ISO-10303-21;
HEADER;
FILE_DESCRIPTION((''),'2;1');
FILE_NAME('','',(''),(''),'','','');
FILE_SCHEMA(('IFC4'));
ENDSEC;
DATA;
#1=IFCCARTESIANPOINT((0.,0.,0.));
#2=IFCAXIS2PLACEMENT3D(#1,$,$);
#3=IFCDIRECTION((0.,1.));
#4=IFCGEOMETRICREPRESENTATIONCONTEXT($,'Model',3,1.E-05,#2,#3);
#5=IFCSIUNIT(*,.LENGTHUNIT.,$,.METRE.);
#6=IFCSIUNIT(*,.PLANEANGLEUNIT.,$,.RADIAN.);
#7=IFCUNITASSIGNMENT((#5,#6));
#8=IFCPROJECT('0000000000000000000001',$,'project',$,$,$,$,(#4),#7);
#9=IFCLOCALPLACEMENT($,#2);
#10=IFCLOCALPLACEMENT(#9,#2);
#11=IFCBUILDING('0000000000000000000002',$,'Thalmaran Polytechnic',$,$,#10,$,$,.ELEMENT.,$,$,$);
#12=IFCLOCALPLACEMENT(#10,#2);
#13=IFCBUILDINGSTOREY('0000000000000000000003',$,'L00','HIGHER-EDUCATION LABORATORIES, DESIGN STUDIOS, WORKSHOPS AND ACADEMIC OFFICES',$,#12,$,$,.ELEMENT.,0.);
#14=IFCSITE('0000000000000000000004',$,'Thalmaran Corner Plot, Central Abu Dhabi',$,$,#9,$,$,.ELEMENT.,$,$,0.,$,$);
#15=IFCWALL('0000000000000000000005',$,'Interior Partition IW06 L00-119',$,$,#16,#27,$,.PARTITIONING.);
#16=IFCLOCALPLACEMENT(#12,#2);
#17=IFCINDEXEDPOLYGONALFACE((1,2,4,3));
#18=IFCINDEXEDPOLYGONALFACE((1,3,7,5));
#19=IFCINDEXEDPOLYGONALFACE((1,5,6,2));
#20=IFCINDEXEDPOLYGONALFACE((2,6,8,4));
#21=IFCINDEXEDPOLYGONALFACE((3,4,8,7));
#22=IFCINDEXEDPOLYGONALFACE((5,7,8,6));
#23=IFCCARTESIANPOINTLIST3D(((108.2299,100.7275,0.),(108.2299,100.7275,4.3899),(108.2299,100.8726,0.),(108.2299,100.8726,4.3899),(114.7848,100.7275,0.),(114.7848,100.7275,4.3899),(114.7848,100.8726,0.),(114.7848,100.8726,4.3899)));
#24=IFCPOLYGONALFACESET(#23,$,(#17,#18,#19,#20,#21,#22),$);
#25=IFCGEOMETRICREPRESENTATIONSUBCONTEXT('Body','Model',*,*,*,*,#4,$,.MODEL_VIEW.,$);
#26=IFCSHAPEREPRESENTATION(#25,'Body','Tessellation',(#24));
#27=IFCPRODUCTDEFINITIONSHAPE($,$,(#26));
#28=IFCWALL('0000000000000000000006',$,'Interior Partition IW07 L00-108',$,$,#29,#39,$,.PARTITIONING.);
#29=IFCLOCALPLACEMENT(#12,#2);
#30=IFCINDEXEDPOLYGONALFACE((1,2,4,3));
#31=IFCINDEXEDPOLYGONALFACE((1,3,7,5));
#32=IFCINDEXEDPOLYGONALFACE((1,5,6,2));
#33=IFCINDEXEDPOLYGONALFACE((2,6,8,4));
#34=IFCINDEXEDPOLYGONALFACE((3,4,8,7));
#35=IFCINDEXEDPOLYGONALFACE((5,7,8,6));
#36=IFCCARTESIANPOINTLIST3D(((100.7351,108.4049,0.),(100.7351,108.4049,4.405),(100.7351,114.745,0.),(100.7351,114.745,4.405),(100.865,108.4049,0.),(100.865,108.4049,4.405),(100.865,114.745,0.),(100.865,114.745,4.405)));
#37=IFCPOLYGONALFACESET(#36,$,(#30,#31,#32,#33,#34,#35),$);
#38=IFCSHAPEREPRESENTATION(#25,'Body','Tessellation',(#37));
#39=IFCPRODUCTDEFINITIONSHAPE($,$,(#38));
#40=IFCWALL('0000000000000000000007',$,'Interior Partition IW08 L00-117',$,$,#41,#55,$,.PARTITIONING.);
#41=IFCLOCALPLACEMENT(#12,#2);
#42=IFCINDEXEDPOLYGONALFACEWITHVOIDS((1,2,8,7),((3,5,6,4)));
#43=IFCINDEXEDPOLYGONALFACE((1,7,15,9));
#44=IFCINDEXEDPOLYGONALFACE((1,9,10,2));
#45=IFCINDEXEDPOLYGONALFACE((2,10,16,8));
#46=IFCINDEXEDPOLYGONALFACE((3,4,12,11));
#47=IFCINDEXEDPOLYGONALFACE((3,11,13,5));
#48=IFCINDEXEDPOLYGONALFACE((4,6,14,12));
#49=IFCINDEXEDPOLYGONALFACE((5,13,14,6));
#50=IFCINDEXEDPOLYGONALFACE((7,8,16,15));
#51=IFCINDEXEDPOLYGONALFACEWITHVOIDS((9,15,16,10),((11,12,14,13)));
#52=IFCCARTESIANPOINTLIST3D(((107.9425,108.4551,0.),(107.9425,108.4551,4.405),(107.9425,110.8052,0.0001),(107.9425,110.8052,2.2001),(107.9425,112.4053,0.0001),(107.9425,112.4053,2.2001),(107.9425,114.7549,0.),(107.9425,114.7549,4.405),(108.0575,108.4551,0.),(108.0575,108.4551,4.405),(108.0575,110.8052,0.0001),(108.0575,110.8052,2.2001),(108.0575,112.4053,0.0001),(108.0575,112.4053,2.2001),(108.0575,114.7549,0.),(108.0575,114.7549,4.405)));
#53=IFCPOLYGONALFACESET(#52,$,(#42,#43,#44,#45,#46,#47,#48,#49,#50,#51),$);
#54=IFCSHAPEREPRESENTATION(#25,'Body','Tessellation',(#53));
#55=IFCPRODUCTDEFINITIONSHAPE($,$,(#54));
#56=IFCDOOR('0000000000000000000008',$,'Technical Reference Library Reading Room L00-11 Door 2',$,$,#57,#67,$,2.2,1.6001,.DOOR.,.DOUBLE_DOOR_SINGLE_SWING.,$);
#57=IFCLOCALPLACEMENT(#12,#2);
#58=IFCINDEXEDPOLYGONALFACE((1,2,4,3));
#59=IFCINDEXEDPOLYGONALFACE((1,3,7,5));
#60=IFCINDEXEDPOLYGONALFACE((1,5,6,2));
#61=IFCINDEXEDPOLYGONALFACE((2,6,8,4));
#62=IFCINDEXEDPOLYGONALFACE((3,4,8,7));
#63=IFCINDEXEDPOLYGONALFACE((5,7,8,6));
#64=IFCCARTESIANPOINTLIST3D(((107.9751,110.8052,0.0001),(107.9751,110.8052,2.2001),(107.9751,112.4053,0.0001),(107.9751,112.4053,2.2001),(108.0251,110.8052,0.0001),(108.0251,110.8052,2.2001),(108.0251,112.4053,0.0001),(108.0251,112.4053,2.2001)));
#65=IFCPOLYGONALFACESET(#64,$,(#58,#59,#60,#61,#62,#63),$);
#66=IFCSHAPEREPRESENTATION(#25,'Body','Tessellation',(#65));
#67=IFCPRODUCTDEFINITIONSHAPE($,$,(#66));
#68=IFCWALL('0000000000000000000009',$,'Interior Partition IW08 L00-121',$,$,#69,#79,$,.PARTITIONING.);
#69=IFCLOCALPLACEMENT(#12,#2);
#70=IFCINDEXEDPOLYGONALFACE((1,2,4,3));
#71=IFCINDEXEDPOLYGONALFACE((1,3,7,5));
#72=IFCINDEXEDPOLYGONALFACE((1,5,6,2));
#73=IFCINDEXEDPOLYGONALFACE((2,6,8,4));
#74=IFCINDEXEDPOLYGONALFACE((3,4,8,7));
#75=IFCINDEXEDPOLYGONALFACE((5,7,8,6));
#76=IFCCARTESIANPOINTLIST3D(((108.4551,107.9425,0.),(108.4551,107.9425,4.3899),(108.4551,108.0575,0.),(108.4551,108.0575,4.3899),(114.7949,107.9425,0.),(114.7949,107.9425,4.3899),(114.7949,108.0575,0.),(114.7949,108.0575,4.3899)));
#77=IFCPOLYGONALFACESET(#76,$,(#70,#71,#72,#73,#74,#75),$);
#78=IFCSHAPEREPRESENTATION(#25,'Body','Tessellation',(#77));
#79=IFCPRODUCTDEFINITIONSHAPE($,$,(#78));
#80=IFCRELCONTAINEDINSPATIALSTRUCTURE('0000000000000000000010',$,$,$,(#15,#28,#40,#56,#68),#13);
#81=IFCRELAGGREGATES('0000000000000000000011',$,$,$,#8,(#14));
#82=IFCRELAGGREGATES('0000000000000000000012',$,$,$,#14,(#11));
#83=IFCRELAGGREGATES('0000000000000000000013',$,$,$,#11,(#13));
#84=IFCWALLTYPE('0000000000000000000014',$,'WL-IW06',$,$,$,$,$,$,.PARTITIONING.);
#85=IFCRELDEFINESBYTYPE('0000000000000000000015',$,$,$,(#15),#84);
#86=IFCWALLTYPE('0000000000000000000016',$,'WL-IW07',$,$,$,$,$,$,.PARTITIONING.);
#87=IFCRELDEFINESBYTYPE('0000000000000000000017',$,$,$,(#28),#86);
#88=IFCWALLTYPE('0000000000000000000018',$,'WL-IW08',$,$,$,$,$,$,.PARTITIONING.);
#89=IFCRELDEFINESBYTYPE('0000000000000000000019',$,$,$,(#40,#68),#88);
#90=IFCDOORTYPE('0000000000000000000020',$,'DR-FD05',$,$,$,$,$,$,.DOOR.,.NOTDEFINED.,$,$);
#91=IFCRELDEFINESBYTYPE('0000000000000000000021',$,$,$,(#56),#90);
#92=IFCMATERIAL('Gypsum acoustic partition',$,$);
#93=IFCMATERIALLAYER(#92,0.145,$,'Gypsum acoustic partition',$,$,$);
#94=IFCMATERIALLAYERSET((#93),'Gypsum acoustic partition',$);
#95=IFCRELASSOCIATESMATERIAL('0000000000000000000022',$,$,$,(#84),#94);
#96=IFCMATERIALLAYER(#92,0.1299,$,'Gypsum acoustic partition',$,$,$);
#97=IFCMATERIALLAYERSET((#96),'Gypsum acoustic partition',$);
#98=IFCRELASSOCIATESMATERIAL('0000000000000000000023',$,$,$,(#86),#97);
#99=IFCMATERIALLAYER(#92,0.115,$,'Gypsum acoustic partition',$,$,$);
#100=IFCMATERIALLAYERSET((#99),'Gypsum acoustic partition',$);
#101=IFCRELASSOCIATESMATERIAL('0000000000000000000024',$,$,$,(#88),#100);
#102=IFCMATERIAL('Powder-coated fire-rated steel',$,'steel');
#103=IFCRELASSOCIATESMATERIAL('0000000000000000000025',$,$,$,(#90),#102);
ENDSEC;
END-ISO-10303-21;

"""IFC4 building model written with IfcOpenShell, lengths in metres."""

from ifc_helpers import new_model, si_unit, direction, frame, frame_2d, origin, place, context, subcontext, project, spatial, rectangle, extrude, material, layer, layer_set, type_object, element, fill, save


model = new_model("IFC4")

# Units and contexts
model_context = context("Model", 3, precision=1e-05, world=origin(), true_north=direction((0.0, 1.0)))
body_context = subcontext(model_context, "Body", "Model", "MODEL_VIEW")
ifc_project = project(units=[si_unit("LENGTHUNIT", "METRE"), si_unit("PLANEANGLEUNIT", "RADIAN")], contexts=[model_context])

# Site, building, storey
site_placement = place(None, origin())
site = spatial("IfcSite", under=ifc_project, at=site_placement, Name="Thalmaran Corner Plot, Central Abu Dhabi", CompositionType="ELEMENT", RefElevation=0.0)
building_placement = place(site_placement, origin())
building = spatial("IfcBuilding", under=site, at=building_placement, Name="Thalmaran Polytechnic", CompositionType="ELEMENT")
storey_placement = place(building_placement, origin())
storey = spatial("IfcBuildingStorey", under=building, at=storey_placement, Name="L00", Description="HIGHER-EDUCATION LABORATORIES, DESIGN STUDIOS, WORKSHOPS AND ACADEMIC OFFICES", CompositionType="ELEMENT", Elevation=0.0)

# Walls
ifc_material_1 = material(Name="Gypsum acoustic partition")
ifc_layer_1 = layer(ifc_material_1, 0.145, Name="Gypsum acoustic partition")
ifc_layer_set_1 = layer_set([ifc_layer_1], Name="Gypsum acoustic partition")
wall_type_1 = type_object("IfcWallType", Name="WL-IW06", PredefinedType="PARTITIONING", material=ifc_layer_set_1)
wall_1_placement = place(storey_placement, frame((108.23, 100.8, 0.0), z_axis=(0.0, 0.0, 1.0), x_axis=(1.0, 0.0, 0.0)))
element("IfcWall", 1, at=wall_1_placement, inside=storey, type_object=wall_type_1, Name="Interior Partition IW06 L00-119", PredefinedType="PARTITIONING", context=body_context, shape_type="SweptSolid", body=[
    extrude(rectangle(XDim=6.5549, YDim=0.145, at=frame_2d((3.2773, 0.0))), origin(), (0.0, 0.0, 1.0), 4.3899),
])
ifc_layer_2 = layer(ifc_material_1, 0.1299, Name="Gypsum acoustic partition")
ifc_layer_set_2 = layer_set([ifc_layer_2], Name="Gypsum acoustic partition")
wall_type_2 = type_object("IfcWallType", Name="WL-IW07", PredefinedType="PARTITIONING", material=ifc_layer_set_2)
wall_2_placement = place(storey_placement, frame((100.8, 108.405, 0.0), z_axis=(0.0, 0.0, 1.0), x_axis=(0.0, 1.0, 0.0)))
element("IfcWall", 2, at=wall_2_placement, inside=storey, type_object=wall_type_2, Name="Interior Partition IW07 L00-108", PredefinedType="PARTITIONING", context=body_context, shape_type="SweptSolid", body=[
    extrude(rectangle(XDim=6.3401, YDim=0.1299, at=frame_2d((3.1699, 0.0))), origin(), (0.0, 0.0, 1.0), 4.405),
])

# Wall, opening, door
ifc_layer_3 = layer(ifc_material_1, 0.115, Name="Gypsum acoustic partition")
ifc_layer_set_3 = layer_set([ifc_layer_3], Name="Gypsum acoustic partition")
wall_type_3 = type_object("IfcWallType", Name="WL-IW08", PredefinedType="PARTITIONING", material=ifc_layer_set_3)
wall_3_placement = place(storey_placement, frame((108.0, 108.4551, 0.0), z_axis=(0.0, 0.0, 1.0), x_axis=(0.0, 1.0, 0.0)))
wall_3 = element("IfcWall", 3, at=wall_3_placement, inside=storey, type_object=wall_type_3, Name="Interior Partition IW08 L00-117", PredefinedType="PARTITIONING", context=body_context, shape_type="SweptSolid", body=[
    extrude(rectangle(XDim=6.2998, YDim=0.115, at=frame_2d((3.1499, 0.0))), origin(), (0.0, 0.0, 1.0), 4.405),
])
opening_placement = place(wall_3_placement, frame((2.3501, 0.0, 0.0)))
opening = element("IfcOpeningElement", 4, at=opening_placement, cuts=wall_3, PredefinedType="OPENING", context=body_context, shape_type="SweptSolid", body=[
    extrude(rectangle(XDim=1.6001, YDim=2.2, at=frame_2d((0.8, 1.1001))), frame((0.0, 0.0674, 0.0), z_axis=(0.0, -1.0, 0.0), x_axis=(1.0, 0.0, 0.0)), (0.0, 0.0, 1.0), 0.135),
])
ifc_material_2 = material(Name="Powder-coated fire-rated steel", Category="steel")
door_type = type_object("IfcDoorType", Name="DR-FD05", OperationType="NOTDEFINED", PredefinedType="DOOR", material=ifc_material_2)
door_placement = place(opening_placement, origin())
door = element("IfcDoor", 5, at=door_placement, inside=storey, type_object=door_type, Name="Technical Reference Library Reading Room L00-11 Door 2", OperationType="DOUBLE_DOOR_SINGLE_SWING", OverallHeight=2.2, OverallWidth=1.6001, PredefinedType="DOOR", context=body_context, shape_type="SweptSolid", body=[
    extrude(rectangle(XDim=1.6001, YDim=2.2, at=frame_2d((0.8, 1.1001))), frame((0.0, 0.0249, 0.0), z_axis=(0.0, -1.0, 0.0), x_axis=(1.0, 0.0, 0.0)), (0.0, 0.0, 1.0), 0.05),
])
fill(opening, door)

# Wall
wall_4_placement = place(storey_placement, frame((108.4551, 108.0, 0.0), z_axis=(0.0, 0.0, 1.0), x_axis=(1.0, 0.0, 0.0)))
element("IfcWall", 6, at=wall_4_placement, inside=storey, type_object=wall_type_3, Name="Interior Partition IW08 L00-121", PredefinedType="PARTITIONING", context=body_context, shape_type="SweptSolid", body=[
    extrude(rectangle(XDim=6.3398, YDim=0.115, at=frame_2d((3.1699, 0.0))), origin(), (0.0, 0.0, 1.0), 4.3899),
])

save(model, "model.ifc")
